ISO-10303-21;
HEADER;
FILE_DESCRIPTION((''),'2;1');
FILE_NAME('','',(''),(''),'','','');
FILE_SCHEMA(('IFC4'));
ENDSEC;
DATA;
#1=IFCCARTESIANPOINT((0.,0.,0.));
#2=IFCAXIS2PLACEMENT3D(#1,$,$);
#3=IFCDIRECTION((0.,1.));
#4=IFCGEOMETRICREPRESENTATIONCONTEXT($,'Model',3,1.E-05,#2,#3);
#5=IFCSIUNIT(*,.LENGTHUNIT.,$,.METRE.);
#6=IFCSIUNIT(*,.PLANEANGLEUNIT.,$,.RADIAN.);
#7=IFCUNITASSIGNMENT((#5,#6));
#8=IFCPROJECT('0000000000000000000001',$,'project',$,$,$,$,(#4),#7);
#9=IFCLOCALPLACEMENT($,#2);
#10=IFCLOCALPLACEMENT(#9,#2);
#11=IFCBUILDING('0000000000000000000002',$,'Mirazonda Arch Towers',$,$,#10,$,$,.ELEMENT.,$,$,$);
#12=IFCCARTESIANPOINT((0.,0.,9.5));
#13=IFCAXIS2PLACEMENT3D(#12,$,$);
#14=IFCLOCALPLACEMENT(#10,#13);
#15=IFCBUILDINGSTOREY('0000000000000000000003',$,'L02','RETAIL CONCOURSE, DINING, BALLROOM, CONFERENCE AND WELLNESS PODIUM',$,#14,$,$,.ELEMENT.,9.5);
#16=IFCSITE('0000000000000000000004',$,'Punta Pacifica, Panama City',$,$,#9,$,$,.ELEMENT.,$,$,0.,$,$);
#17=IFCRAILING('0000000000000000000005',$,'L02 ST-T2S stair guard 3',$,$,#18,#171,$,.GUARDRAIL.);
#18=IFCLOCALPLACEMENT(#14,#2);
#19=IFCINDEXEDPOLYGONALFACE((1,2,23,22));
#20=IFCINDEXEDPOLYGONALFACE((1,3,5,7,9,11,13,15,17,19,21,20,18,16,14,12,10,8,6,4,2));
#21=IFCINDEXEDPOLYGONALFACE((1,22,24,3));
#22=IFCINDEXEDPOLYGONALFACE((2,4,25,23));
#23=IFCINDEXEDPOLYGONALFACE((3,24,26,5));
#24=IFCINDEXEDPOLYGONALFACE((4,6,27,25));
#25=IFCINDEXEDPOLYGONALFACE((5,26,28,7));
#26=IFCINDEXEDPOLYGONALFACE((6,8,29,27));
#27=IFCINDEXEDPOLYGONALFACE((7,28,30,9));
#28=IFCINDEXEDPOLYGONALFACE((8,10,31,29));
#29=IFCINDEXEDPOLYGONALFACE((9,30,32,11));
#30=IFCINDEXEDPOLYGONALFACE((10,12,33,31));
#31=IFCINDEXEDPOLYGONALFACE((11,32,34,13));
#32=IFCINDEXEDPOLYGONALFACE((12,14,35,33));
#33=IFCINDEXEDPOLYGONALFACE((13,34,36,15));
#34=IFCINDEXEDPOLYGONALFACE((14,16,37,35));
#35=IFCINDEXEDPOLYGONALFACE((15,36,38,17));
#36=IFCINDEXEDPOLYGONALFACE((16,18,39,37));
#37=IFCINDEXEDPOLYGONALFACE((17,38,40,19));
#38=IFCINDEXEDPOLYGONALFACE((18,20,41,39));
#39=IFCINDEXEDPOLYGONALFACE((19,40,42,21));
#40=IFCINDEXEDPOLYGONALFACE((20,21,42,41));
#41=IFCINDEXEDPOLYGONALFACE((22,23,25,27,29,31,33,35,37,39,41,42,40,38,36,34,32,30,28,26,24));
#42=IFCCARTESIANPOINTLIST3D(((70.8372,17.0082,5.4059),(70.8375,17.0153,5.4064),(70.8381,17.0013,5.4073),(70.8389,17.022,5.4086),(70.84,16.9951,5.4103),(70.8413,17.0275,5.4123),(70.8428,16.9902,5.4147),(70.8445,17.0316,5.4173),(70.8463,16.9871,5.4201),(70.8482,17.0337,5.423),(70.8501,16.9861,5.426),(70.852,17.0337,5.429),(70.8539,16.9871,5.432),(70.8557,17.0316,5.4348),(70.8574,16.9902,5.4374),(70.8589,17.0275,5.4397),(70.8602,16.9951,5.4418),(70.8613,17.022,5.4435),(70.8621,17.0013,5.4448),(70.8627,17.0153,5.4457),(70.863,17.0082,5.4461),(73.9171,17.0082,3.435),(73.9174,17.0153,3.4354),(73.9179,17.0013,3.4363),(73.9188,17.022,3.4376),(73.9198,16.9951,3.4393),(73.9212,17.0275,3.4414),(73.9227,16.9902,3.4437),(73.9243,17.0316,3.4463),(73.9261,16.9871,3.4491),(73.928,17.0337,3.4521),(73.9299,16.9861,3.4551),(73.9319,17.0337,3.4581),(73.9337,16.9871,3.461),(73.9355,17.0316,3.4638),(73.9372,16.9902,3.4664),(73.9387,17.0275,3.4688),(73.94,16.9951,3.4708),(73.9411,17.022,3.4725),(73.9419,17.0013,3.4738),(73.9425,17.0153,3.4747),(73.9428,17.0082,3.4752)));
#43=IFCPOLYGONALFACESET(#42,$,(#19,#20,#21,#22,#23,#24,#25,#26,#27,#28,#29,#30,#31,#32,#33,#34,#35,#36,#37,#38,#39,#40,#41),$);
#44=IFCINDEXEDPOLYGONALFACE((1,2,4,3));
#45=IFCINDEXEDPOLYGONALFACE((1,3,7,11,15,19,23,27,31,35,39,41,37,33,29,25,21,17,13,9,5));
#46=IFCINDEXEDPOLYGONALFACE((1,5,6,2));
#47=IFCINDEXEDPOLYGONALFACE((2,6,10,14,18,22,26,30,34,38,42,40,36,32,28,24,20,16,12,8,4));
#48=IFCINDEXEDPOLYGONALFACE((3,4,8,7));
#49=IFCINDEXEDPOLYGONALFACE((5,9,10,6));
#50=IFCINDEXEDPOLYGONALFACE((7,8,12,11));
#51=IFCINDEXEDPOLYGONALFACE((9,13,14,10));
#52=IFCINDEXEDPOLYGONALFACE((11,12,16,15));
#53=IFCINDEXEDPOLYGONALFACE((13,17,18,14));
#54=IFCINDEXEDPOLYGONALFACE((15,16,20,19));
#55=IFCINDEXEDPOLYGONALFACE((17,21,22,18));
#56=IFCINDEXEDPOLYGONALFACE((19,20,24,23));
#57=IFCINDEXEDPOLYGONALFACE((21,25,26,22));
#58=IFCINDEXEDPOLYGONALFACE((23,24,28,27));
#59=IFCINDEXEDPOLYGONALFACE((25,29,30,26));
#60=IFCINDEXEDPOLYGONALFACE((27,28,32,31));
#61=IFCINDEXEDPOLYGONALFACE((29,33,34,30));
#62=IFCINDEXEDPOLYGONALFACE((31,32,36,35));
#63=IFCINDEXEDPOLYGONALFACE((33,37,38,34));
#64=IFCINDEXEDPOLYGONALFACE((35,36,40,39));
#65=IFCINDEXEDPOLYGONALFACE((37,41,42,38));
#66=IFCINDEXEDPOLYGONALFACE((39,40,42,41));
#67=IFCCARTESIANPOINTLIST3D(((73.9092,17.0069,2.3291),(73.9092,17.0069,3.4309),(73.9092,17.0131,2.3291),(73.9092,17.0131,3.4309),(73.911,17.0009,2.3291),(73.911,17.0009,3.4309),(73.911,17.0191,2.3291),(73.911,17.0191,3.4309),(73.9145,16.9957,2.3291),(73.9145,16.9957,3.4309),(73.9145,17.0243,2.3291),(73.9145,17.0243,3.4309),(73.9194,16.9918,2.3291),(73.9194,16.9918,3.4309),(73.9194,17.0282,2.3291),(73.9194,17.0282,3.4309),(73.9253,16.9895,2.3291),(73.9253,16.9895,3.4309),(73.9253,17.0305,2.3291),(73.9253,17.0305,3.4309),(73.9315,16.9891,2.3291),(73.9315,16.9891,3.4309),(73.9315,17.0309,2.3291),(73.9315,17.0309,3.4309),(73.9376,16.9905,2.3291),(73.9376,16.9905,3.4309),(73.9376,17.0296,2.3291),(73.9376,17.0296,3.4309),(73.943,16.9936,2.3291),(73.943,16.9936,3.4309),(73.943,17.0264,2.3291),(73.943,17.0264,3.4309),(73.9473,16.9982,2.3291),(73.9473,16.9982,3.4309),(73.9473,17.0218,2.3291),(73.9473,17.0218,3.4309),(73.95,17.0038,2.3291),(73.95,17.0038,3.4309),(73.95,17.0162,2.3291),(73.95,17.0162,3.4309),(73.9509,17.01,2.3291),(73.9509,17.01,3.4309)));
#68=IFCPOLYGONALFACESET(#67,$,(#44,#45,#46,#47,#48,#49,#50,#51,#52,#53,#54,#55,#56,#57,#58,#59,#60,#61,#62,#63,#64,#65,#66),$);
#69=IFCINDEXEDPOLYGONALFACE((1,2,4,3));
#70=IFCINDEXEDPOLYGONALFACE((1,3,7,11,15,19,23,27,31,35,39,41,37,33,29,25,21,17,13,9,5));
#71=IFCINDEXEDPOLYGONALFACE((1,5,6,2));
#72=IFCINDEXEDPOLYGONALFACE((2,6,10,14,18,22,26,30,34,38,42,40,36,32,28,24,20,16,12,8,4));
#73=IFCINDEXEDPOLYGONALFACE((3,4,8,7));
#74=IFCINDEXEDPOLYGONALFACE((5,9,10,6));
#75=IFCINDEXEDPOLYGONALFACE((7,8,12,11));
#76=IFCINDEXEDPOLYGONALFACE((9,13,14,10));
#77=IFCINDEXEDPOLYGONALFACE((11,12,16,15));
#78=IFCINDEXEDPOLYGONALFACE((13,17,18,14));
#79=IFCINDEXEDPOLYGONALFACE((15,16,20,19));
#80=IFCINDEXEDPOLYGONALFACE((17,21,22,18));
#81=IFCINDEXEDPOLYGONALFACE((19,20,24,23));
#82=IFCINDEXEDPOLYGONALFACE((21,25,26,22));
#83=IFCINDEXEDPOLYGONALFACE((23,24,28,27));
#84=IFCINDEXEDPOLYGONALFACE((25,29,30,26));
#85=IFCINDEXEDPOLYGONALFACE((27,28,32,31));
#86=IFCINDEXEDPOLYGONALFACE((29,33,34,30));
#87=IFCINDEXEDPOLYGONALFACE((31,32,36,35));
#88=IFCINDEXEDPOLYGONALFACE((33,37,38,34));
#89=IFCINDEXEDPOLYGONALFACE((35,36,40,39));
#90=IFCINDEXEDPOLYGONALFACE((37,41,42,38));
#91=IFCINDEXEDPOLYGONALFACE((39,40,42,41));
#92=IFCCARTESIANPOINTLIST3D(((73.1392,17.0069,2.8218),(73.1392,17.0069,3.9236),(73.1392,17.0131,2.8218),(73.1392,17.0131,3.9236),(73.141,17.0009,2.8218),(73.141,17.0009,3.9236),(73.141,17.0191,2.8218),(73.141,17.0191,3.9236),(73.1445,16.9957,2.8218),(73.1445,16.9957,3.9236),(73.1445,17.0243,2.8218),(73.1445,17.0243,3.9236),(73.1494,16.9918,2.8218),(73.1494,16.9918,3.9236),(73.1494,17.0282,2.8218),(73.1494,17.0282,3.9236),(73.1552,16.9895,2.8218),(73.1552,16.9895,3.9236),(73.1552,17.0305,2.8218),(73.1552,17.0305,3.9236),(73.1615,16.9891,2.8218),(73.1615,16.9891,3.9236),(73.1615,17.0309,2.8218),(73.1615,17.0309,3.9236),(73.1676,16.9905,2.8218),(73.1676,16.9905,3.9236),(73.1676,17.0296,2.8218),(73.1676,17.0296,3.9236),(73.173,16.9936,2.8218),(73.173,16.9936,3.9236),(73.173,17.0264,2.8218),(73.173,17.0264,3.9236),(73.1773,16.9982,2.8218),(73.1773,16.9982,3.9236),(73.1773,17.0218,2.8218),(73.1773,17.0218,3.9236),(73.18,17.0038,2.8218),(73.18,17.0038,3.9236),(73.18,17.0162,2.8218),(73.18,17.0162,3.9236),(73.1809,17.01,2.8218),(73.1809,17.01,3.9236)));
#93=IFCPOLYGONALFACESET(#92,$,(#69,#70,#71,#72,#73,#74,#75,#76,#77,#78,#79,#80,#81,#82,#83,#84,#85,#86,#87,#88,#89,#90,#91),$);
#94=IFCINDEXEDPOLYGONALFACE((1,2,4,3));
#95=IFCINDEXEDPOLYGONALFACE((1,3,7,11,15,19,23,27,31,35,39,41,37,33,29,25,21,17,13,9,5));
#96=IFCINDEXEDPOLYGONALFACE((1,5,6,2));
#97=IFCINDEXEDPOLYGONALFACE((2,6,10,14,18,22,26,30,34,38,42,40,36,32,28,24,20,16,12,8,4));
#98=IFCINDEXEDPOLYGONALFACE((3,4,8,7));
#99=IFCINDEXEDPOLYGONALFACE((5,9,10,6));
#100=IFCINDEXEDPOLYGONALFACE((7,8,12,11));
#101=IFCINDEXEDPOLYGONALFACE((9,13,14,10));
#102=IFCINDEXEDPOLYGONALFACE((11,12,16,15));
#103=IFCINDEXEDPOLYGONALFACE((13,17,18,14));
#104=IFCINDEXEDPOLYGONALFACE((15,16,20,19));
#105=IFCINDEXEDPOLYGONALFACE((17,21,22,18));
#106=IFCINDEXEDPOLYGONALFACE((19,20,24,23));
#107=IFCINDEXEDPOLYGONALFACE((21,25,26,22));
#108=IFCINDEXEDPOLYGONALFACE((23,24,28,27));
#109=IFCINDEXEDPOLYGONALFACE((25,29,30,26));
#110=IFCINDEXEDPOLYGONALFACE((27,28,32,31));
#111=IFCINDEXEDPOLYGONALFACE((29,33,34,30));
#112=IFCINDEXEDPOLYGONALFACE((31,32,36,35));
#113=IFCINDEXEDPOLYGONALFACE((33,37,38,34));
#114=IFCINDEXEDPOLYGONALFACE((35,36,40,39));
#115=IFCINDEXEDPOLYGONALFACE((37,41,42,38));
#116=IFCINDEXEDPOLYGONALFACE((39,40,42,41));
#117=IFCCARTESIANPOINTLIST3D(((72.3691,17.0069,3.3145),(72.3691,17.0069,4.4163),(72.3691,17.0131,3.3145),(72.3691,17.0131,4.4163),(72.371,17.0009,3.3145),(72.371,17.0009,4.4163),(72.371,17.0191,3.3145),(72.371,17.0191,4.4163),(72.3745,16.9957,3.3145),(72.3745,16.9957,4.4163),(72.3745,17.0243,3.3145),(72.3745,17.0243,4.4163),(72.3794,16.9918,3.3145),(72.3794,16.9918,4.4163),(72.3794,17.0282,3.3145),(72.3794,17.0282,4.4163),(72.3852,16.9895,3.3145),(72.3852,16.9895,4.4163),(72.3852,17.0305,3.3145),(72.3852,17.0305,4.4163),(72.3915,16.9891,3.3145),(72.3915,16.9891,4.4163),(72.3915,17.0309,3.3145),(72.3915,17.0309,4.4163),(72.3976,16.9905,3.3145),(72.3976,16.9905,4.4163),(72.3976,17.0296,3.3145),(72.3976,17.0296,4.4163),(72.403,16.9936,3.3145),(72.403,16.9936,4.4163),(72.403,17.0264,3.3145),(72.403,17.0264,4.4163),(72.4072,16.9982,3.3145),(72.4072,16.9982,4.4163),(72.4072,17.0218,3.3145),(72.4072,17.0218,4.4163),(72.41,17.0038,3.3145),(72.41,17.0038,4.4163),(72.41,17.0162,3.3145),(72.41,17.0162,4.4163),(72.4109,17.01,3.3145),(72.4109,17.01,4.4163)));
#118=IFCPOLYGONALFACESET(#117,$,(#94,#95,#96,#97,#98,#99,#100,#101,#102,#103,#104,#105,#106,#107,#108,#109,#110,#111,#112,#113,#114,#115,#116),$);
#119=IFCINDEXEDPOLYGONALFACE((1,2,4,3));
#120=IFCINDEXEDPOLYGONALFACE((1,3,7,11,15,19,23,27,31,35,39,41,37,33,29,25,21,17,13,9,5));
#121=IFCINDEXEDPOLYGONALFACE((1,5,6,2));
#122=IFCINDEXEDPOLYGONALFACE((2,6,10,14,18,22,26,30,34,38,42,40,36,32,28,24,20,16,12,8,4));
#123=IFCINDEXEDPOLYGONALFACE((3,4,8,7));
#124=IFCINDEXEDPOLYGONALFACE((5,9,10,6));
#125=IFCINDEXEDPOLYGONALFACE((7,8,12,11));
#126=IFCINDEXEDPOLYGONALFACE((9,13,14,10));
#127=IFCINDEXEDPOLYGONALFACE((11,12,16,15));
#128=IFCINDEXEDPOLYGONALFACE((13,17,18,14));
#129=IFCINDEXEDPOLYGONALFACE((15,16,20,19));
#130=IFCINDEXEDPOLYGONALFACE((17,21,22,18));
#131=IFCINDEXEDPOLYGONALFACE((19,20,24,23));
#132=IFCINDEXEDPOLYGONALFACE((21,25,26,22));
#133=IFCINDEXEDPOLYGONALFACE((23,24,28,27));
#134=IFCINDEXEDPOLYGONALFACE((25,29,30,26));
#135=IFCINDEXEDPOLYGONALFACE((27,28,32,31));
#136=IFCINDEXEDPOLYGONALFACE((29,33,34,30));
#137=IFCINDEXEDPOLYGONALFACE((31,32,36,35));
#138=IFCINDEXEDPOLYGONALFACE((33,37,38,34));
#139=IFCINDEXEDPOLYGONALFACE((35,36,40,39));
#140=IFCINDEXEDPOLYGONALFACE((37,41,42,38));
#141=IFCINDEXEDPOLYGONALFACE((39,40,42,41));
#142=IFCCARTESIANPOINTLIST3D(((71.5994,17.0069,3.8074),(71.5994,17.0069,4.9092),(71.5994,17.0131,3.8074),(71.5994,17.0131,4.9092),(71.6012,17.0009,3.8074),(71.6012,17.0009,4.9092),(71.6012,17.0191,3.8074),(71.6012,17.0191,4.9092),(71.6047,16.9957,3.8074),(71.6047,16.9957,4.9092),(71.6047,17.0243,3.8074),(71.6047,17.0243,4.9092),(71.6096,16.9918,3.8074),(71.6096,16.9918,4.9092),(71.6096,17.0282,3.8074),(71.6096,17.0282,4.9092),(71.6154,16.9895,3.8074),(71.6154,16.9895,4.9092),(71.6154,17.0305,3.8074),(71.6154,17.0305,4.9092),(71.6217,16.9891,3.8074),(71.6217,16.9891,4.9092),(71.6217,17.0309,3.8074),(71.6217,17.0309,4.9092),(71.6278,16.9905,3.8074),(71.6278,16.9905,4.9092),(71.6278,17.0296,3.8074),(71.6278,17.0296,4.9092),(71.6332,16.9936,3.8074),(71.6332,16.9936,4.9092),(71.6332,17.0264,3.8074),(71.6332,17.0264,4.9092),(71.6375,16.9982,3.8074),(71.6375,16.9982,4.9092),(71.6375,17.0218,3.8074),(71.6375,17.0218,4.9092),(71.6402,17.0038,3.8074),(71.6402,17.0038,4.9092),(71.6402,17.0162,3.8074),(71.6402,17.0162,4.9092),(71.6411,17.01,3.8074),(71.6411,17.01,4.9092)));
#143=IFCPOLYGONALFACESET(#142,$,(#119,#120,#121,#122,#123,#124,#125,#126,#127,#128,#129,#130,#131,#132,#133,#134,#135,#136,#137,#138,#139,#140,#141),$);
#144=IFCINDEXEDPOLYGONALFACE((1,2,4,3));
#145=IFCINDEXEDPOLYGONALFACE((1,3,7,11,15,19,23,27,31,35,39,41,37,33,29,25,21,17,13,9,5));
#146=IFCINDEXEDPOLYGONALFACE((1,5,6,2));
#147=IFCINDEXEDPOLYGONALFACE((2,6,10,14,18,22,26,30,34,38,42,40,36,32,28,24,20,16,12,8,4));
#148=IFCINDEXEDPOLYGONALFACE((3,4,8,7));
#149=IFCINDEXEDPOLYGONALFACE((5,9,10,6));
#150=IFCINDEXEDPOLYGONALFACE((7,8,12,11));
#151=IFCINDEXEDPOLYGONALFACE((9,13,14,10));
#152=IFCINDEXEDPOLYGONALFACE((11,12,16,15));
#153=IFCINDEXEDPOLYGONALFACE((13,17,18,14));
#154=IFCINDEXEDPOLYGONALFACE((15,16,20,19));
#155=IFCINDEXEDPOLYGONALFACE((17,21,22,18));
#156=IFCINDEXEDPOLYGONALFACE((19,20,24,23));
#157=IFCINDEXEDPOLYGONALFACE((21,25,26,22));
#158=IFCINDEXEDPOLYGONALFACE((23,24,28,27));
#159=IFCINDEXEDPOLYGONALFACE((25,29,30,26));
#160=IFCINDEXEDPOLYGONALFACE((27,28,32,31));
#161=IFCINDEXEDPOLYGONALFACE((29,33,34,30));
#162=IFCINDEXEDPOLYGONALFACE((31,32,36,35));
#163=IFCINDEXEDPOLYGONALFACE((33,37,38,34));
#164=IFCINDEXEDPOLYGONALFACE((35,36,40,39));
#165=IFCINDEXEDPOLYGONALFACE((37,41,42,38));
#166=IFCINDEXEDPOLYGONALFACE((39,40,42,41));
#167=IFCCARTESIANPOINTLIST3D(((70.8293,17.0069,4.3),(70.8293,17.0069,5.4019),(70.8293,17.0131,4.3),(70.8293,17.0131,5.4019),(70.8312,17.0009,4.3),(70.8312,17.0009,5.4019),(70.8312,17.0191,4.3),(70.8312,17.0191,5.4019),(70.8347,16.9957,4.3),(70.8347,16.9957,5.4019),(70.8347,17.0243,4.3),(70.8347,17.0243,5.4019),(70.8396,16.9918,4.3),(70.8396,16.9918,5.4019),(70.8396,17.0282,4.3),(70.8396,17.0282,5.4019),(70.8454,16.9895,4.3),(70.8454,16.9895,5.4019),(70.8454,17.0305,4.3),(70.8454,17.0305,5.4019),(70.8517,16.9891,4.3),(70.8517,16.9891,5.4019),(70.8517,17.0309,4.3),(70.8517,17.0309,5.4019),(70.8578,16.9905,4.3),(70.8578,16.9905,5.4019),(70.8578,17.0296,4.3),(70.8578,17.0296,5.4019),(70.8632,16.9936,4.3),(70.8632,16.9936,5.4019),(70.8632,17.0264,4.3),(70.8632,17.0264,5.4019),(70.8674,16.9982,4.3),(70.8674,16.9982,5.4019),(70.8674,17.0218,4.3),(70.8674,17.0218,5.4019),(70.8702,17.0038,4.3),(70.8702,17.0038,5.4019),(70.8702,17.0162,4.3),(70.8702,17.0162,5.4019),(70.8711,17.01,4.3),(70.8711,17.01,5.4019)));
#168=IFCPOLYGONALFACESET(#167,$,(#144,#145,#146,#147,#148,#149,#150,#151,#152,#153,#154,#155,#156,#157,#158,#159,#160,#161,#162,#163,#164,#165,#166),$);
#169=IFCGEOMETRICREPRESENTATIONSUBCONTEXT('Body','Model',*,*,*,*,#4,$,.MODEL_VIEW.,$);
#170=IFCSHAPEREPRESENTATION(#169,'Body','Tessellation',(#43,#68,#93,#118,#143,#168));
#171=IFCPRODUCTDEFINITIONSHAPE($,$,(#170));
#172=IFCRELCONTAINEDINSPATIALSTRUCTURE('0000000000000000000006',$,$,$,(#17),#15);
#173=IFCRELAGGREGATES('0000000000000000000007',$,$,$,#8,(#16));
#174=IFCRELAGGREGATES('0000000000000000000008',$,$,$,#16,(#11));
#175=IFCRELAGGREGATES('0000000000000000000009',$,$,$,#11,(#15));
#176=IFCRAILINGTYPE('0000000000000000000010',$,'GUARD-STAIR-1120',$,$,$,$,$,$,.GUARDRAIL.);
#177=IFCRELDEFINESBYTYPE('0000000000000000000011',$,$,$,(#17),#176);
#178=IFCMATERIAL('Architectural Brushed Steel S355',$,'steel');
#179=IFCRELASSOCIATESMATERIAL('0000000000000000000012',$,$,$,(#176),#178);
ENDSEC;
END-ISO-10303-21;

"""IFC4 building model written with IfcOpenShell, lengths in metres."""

from ifc_helpers import new_model, si_unit, direction, frame, origin, origin_2d, place, context, subcontext, project, spatial, circle, extrude, material, type_object, element, save


model = new_model("IFC4")

# Units and contexts
model_context = context("Model", 3, precision=1e-05, world=origin(), true_north=direction((0.0, 1.0)))
body_context = subcontext(model_context, "Body", "Model", "MODEL_VIEW")
ifc_project = project(units=[si_unit("LENGTHUNIT", "METRE"), si_unit("PLANEANGLEUNIT", "RADIAN")], contexts=[model_context])

# Site, building, storey
site_placement = place(None, origin())
site = spatial("IfcSite", under=ifc_project, at=site_placement, Name="Punta Pacifica, Panama City", CompositionType="ELEMENT", RefElevation=0.0)
building_placement = place(site_placement, origin())
building = spatial("IfcBuilding", under=site, at=building_placement, Name="Mirazonda Arch Towers", CompositionType="ELEMENT")
storey_placement = place(building_placement, frame((0.0, 0.0, 9.5)))
storey = spatial("IfcBuildingStorey", under=building, at=storey_placement, Name="L02", Description="RETAIL CONCOURSE, DINING, BALLROOM, CONFERENCE AND WELLNESS PODIUM", CompositionType="ELEMENT", Elevation=9.5)

# Railing
ifc_material_1 = material(Name="Architectural Brushed Steel S355", Category="steel")
railing_type_1 = type_object("IfcRailingType", Name="GUARD-STAIR-1120", PredefinedType="GUARDRAIL", material=ifc_material_1)
railing_1_placement = place(storey_placement, frame((73.9299, 17.01, 2.3291)))
element("IfcRailing", 1, at=railing_1_placement, inside=storey, type_object=railing_type_1, Name="L02 ST-T2S stair guard 3", PredefinedType="GUARDRAIL", context=body_context, shape_type="SweptSolid", body=[
    extrude(circle(Radius=0.0239, at=origin_2d()), frame((0.0, 0.0, 1.126), z_axis=(-0.84229, 0.0, 0.539025), x_axis=(0.0, -1.0, 0.0)), (0.0, 0.0, 1.0), 3.6565),
    extrude(circle(Radius=0.021, at=origin_2d()), origin(), (0.0, 0.0, 1.0), 1.1018),
    extrude(circle(Radius=0.021, at=origin_2d()), frame((-0.77, 0.0, 0.4927)), (0.0, 0.0, 1.0), 1.1018),
    extrude(circle(Radius=0.021, at=origin_2d()), frame((-1.54, 0.0, 0.9854)), (0.0, 0.0, 1.0), 1.1018),
    extrude(circle(Radius=0.021, at=origin_2d()), frame((-2.3098, 0.0, 1.4783)), (0.0, 0.0, 1.0), 1.1018),
    extrude(circle(Radius=0.021, at=origin_2d()), frame((-3.0798, 0.0, 1.9709)), (0.0, 0.0, 1.0), 1.1018),
])

save(model, "model.ifc")
